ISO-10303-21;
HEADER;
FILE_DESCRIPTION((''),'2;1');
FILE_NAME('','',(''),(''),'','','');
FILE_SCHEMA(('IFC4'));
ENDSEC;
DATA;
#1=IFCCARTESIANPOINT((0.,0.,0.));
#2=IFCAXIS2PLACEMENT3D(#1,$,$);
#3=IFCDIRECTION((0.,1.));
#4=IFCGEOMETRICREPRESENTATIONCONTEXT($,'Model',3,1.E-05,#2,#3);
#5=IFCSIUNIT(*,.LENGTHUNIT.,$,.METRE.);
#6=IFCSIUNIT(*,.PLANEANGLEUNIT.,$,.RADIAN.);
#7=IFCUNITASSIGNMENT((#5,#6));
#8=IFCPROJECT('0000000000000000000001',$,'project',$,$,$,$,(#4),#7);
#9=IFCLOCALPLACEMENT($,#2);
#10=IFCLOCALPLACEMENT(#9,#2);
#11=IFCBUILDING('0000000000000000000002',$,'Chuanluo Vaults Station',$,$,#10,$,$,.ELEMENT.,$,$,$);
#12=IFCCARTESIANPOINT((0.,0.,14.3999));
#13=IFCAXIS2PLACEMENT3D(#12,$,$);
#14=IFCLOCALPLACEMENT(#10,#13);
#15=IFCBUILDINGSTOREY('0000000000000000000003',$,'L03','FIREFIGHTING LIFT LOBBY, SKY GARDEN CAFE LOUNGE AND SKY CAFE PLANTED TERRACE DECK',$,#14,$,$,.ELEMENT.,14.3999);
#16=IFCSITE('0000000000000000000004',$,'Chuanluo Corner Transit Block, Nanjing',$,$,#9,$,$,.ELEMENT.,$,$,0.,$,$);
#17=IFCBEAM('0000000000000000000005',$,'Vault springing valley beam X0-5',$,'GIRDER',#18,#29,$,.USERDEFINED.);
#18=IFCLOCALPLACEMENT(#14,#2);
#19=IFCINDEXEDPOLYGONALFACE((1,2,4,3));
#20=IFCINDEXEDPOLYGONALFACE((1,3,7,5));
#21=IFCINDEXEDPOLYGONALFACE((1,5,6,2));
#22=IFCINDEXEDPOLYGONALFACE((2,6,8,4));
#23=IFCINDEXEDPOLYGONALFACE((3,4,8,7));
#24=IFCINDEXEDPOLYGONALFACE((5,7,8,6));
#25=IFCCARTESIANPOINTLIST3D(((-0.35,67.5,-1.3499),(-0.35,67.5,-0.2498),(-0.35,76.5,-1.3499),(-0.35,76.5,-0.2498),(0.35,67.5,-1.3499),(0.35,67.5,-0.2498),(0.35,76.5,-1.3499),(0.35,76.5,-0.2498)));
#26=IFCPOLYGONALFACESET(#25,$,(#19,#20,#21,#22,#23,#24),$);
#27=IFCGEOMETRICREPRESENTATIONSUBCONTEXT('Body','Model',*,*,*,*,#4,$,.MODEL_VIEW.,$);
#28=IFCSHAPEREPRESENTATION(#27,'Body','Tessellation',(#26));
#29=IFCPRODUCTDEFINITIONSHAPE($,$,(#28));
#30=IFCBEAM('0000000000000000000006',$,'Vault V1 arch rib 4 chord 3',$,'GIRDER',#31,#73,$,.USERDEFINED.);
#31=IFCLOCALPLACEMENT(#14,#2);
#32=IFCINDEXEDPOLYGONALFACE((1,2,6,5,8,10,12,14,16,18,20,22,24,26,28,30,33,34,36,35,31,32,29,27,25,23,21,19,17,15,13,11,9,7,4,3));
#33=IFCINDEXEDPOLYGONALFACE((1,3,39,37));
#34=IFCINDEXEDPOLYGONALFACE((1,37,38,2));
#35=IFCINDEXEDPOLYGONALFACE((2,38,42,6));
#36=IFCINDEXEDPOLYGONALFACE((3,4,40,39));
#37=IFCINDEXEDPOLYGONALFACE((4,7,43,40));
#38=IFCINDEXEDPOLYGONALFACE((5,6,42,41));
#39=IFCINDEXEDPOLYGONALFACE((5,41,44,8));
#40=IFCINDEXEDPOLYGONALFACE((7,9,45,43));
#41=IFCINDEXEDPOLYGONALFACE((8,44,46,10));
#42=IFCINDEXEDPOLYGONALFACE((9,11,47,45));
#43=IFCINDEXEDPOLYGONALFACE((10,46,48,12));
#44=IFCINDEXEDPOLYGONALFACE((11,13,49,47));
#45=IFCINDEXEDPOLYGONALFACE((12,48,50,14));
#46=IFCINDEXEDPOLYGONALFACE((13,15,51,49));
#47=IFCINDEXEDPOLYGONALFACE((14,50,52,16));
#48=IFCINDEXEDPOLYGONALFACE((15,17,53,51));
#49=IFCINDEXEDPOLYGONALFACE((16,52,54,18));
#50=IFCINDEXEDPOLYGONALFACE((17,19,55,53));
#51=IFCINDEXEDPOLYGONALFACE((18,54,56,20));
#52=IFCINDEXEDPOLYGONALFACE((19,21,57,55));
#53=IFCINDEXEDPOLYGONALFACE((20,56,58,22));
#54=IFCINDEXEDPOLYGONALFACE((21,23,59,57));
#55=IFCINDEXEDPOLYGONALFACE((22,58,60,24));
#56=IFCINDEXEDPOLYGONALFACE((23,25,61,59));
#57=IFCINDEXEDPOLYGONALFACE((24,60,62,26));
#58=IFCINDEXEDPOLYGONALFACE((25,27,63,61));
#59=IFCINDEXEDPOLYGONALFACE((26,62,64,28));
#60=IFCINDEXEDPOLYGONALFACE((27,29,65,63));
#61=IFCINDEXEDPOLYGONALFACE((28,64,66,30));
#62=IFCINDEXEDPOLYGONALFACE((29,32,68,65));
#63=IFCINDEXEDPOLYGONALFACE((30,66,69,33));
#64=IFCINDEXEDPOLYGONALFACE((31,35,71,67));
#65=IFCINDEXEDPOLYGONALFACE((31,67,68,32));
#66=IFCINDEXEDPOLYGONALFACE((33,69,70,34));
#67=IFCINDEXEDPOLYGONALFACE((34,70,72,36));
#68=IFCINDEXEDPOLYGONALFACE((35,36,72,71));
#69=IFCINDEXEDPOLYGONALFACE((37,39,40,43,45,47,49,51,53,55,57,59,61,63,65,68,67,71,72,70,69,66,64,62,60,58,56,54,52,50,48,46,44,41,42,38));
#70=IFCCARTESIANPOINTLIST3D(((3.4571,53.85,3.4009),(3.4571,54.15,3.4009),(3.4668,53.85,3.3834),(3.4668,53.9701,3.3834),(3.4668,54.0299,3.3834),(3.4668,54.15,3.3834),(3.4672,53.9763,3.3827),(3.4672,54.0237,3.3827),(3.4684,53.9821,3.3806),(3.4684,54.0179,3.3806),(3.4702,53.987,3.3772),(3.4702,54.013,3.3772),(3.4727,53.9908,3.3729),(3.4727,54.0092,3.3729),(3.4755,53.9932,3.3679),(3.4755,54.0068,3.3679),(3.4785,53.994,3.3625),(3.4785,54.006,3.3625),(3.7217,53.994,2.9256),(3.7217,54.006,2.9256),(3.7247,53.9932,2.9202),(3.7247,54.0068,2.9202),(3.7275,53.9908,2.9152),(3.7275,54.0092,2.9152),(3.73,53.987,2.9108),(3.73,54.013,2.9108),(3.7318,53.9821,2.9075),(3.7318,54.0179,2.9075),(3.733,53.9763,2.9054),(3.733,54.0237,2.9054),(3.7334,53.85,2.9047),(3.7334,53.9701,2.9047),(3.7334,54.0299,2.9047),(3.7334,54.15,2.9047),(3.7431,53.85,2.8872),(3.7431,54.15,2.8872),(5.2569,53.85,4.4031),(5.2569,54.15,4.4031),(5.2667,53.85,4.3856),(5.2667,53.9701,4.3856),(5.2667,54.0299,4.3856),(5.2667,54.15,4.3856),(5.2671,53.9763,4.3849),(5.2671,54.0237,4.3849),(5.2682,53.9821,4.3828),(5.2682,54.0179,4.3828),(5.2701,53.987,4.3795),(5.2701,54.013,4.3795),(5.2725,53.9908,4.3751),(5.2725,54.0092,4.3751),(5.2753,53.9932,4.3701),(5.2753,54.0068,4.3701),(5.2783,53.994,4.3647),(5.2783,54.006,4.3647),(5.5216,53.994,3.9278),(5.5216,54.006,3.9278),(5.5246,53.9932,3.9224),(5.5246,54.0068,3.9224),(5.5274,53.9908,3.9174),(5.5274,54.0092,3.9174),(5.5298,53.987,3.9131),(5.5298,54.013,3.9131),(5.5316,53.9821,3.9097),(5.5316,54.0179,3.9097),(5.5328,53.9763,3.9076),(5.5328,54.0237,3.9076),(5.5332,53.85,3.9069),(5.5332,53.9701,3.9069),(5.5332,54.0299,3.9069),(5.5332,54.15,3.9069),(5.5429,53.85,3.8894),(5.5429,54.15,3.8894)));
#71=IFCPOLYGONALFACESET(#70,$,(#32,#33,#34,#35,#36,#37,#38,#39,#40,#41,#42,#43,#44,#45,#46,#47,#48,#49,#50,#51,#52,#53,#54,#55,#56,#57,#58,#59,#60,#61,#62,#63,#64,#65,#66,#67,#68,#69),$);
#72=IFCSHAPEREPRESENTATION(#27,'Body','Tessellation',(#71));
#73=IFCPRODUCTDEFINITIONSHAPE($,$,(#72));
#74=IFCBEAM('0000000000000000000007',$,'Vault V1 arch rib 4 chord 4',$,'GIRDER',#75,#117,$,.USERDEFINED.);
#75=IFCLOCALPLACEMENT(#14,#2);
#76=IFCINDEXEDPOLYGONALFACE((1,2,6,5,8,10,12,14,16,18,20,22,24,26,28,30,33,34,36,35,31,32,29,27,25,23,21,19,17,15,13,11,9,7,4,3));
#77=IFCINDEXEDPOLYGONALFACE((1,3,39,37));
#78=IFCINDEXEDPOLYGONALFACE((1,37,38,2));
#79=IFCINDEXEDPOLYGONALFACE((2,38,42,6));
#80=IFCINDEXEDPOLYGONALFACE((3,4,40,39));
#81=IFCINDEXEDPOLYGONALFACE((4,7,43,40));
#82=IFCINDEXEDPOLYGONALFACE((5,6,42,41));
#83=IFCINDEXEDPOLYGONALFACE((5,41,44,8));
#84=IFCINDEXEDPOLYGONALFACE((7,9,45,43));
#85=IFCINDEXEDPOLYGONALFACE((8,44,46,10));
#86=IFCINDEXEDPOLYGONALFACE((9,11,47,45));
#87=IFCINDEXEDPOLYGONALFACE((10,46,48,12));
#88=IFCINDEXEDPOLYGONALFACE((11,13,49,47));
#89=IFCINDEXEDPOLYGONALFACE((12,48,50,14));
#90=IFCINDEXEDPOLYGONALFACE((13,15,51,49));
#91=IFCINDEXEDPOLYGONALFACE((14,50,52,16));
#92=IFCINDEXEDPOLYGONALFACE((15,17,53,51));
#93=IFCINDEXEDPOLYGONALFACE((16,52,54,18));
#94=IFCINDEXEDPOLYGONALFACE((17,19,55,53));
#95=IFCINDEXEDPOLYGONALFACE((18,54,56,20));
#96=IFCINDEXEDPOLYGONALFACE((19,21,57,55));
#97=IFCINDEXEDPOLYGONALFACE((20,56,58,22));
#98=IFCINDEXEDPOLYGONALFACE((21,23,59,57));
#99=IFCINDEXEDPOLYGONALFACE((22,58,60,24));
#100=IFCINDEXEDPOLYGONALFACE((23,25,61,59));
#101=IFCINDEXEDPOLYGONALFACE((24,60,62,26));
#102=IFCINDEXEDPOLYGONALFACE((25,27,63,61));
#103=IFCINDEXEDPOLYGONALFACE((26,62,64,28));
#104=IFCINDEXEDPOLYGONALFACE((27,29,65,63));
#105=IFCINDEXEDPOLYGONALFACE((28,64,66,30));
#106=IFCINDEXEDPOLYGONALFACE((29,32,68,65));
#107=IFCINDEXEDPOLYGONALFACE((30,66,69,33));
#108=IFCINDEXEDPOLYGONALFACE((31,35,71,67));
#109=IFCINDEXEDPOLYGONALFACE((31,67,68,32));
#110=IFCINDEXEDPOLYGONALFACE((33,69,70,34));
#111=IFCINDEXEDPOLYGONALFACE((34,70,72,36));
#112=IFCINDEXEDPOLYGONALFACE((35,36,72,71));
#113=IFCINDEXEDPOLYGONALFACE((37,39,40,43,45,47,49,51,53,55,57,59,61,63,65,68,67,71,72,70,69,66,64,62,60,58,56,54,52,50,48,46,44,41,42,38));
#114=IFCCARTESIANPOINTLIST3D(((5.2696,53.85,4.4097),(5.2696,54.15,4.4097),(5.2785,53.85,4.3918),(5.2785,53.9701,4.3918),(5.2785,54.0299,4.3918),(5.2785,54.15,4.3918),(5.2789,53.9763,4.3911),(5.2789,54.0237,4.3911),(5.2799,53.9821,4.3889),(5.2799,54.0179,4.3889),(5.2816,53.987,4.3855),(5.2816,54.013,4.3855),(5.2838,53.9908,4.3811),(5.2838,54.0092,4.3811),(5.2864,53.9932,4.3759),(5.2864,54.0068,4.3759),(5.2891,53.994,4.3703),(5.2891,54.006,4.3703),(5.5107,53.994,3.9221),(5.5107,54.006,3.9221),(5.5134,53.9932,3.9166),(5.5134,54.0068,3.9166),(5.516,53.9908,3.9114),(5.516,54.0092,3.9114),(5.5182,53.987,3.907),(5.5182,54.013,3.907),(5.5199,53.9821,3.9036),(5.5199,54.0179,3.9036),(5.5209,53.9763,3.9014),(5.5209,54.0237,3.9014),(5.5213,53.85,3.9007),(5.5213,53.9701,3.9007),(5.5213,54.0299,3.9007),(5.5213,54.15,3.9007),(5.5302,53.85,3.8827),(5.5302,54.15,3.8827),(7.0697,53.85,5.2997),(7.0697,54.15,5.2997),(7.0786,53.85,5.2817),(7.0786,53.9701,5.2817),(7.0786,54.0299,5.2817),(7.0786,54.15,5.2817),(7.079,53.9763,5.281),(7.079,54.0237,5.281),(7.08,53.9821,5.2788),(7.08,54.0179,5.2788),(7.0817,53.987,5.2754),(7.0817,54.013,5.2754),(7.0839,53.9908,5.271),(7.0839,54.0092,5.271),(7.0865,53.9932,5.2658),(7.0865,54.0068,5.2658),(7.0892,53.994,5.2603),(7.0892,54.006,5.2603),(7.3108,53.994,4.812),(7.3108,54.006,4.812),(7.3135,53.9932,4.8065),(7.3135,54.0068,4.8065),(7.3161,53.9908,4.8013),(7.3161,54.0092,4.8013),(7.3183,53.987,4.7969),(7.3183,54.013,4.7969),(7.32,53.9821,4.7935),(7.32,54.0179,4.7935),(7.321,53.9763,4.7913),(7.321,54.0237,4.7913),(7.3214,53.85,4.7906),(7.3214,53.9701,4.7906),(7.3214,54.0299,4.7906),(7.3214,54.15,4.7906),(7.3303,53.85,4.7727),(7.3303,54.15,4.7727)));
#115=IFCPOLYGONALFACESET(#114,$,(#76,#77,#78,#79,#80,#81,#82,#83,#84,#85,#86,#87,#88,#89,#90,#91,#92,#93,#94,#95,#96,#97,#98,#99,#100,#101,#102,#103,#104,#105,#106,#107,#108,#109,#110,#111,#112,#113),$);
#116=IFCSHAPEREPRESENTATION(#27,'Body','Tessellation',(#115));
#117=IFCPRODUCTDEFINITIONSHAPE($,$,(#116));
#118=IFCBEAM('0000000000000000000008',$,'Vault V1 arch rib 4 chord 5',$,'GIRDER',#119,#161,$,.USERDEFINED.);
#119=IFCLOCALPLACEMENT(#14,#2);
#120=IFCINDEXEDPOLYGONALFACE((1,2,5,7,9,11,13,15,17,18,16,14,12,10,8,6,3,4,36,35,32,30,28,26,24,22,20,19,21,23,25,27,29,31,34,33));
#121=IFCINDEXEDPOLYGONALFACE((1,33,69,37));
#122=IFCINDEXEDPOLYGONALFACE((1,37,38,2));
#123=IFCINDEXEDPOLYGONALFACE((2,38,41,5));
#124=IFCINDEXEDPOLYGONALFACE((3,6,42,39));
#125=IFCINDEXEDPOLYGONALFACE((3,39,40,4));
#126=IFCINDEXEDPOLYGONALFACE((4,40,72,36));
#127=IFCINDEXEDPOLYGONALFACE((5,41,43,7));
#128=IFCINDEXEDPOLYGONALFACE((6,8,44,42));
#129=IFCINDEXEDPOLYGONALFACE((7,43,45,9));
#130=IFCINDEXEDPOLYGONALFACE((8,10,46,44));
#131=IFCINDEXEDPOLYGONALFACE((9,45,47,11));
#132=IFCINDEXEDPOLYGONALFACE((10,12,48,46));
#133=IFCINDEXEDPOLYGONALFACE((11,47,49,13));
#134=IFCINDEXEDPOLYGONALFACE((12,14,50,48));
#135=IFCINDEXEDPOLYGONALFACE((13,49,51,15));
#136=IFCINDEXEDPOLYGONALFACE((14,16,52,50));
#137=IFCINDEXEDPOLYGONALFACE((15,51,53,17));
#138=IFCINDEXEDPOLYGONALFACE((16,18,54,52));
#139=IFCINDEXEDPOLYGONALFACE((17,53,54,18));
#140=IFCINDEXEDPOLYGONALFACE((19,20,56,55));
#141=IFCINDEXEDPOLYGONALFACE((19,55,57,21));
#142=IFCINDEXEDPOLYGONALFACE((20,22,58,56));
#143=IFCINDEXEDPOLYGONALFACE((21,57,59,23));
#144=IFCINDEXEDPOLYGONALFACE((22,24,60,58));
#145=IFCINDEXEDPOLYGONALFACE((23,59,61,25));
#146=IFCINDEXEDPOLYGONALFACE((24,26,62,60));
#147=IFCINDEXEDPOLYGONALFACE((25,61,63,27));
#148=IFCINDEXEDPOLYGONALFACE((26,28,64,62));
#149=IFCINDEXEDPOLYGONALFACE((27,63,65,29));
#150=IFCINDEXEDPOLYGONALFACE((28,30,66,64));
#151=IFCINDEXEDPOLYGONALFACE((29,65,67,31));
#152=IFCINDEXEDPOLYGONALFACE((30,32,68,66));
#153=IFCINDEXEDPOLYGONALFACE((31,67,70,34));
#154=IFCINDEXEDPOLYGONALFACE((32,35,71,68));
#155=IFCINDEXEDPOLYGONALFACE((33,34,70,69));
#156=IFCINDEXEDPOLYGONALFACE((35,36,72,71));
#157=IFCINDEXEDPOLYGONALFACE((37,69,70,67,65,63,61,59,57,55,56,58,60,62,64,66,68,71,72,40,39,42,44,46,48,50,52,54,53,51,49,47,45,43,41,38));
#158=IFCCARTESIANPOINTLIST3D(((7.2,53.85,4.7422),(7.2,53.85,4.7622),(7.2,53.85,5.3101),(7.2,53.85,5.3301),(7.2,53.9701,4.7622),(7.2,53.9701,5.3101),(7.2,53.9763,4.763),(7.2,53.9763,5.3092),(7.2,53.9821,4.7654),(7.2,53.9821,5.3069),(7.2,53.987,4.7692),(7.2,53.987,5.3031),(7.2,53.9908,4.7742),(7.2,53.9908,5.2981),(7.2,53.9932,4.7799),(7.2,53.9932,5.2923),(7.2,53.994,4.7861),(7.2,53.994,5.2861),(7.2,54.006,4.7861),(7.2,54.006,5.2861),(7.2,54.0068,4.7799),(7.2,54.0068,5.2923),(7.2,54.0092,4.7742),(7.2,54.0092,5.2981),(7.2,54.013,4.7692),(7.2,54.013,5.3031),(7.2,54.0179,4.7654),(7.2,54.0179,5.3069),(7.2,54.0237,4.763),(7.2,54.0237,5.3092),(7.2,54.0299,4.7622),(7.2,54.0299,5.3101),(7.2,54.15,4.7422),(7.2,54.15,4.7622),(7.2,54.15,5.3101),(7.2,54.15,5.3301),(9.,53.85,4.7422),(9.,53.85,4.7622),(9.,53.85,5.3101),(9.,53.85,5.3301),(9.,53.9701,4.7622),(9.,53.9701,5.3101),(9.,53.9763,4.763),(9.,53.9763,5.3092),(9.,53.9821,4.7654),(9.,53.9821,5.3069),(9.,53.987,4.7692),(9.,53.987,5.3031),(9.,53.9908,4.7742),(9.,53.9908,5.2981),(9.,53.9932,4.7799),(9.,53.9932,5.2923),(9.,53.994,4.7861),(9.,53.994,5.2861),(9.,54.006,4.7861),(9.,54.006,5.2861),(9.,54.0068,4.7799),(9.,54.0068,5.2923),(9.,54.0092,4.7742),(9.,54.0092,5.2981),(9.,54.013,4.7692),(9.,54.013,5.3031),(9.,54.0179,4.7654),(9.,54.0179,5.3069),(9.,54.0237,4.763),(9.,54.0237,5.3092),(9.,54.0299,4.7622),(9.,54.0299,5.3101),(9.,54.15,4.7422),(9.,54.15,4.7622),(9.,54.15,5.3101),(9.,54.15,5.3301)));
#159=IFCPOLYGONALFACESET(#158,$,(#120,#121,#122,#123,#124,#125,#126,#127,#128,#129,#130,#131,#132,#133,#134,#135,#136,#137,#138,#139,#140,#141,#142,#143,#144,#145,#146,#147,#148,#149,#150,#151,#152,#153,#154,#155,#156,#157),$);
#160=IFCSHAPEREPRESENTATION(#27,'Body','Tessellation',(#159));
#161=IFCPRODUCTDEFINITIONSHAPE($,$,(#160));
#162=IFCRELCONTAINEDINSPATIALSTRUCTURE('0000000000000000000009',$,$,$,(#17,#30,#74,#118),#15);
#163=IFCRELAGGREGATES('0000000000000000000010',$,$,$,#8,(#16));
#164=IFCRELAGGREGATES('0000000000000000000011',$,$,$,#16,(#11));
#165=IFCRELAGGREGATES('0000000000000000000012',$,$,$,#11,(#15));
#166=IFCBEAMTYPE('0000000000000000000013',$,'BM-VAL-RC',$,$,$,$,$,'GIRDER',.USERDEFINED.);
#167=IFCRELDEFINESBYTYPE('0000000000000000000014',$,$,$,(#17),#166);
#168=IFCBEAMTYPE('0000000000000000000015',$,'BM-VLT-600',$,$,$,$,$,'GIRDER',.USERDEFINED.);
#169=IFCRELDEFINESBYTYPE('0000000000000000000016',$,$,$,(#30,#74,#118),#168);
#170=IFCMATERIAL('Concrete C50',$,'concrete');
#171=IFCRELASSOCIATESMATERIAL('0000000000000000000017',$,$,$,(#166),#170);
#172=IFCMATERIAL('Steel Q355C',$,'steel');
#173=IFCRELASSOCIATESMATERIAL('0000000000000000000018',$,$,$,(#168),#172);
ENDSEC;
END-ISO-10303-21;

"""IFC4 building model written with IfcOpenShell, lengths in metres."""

from ifc_helpers import new_model, si_unit, direction, frame, origin, origin_2d, place, context, subcontext, project, spatial, rectangle, i_section, extrude, material, material_profile, profile_set, type_object, element, save


model = new_model("IFC4")

# Units and contexts
model_context = context("Model", 3, precision=1e-05, world=origin(), true_north=direction((0.0, 1.0)))
body_context = subcontext(model_context, "Body", "Model", "MODEL_VIEW")
ifc_project = project(units=[si_unit("LENGTHUNIT", "METRE"), si_unit("PLANEANGLEUNIT", "RADIAN")], contexts=[model_context])

# Site, building, storey
site_placement = place(None, origin())
site = spatial("IfcSite", under=ifc_project, at=site_placement, Name="Chuanluo Corner Transit Block, Nanjing", CompositionType="ELEMENT", RefElevation=0.0)
building_placement = place(site_placement, origin())
building = spatial("IfcBuilding", under=site, at=building_placement, Name="Chuanluo Vaults Station", CompositionType="ELEMENT")
storey_placement = place(building_placement, frame((0.0, 0.0, 14.3999)))
storey = spatial("IfcBuildingStorey", under=building, at=storey_placement, Name="L03", Description="FIREFIGHTING LIFT LOBBY, SKY GARDEN CAFE LOUNGE AND SKY CAFE PLANTED TERRACE DECK", CompositionType="ELEMENT", Elevation=14.3999)

# Beams
ifc_material_1 = material(Name="Concrete C50", Category="concrete")
ifc_material_profile_1 = material_profile(ifc_material_1, rectangle(XDim=0.7, YDim=1.1001, at=origin_2d()))
ifc_profile_set_1 = profile_set([ifc_material_profile_1], Name="Concrete C50")
beam_type_1 = type_object("IfcBeamType", Name="BM-VAL-RC", ElementType="GIRDER", PredefinedType="USERDEFINED", material=ifc_profile_set_1)
beam_1_placement = place(storey_placement, frame((0.0, 67.5, -0.7998), z_axis=(0.0, 1.0, 0.0), x_axis=(-1.0, 0.0, 0.0)))
element("IfcBeam", 1, at=beam_1_placement, inside=storey, type_object=beam_type_1, Name="Vault springing valley beam X0-5", ObjectType="GIRDER", PredefinedType="USERDEFINED", context=body_context, shape_type="SweptSolid", body=[
    extrude(rectangle(XDim=0.7, YDim=1.1001, at=origin_2d()), origin(), (0.0, 0.0, 1.0), 9.0),
])
ifc_material_2 = material(Name="Steel Q355C", Category="steel")
ifc_material_profile_2 = material_profile(ifc_material_2, i_section(OverallWidth=0.3, OverallDepth=0.5879, WebThickness=0.012, FlangeThickness=0.02, FilletRadius=0.0239, at=origin_2d()))
ifc_profile_set_2 = profile_set([ifc_material_profile_2], Name="Steel Q355C")
beam_type_2 = type_object("IfcBeamType", Name="BM-VLT-600", ElementType="GIRDER", PredefinedType="USERDEFINED", material=ifc_profile_set_2)
beam_2_placement = place(storey_placement, frame((3.6001, 54.0, 3.144), z_axis=(0.873682, 0.0, 0.486498), x_axis=(0.0, 1.0, 0.0)))
element("IfcBeam", 2, at=beam_2_placement, inside=storey, type_object=beam_type_2, Name="Vault V1 arch rib 4 chord 3", ObjectType="GIRDER", PredefinedType="USERDEFINED", context=body_context, shape_type="SweptSolid", body=[
    extrude(i_section(OverallWidth=0.3, OverallDepth=0.5879, WebThickness=0.012, FlangeThickness=0.02, FilletRadius=0.0239, at=origin_2d()), origin(), (0.0, 0.0, 1.0), 2.0601),
])
beam_3_placement = place(storey_placement, frame((5.3999, 54.0, 4.1462), z_axis=(0.896436, 0.0, 0.443172), x_axis=(0.0, 1.0, 0.0)))
element("IfcBeam", 3, at=beam_3_placement, inside=storey, type_object=beam_type_2, Name="Vault V1 arch rib 4 chord 4", ObjectType="GIRDER", PredefinedType="USERDEFINED", context=body_context, shape_type="SweptSolid", body=[
    extrude(i_section(OverallWidth=0.3, OverallDepth=0.5879, WebThickness=0.012, FlangeThickness=0.02, FilletRadius=0.0239, at=origin_2d()), origin(), (0.0, 0.0, 1.0), 2.0081),
])
for number, where, z_axis, x_axis, name in (
    (4, (7.2, 54.0, 5.0361), (1.0, 0.0, 0.0), (0.0, 1.0, 0.0), "Vault V1 arch rib 4 chord 5"),
):
    element("IfcBeam", number, at=place(storey_placement, frame(where, z_axis=z_axis, x_axis=x_axis)), inside=storey, type_object=beam_type_2, Name=name, ObjectType="GIRDER", PredefinedType="USERDEFINED", context=body_context, shape_type="SweptSolid", body=[
        extrude(i_section(OverallWidth=0.3, OverallDepth=0.5879, WebThickness=0.012, FlangeThickness=0.02, FilletRadius=0.0239, at=origin_2d()), origin(), (0.0, 0.0, 1.0), 1.8),
    ])

save(model, "model.ifc")
